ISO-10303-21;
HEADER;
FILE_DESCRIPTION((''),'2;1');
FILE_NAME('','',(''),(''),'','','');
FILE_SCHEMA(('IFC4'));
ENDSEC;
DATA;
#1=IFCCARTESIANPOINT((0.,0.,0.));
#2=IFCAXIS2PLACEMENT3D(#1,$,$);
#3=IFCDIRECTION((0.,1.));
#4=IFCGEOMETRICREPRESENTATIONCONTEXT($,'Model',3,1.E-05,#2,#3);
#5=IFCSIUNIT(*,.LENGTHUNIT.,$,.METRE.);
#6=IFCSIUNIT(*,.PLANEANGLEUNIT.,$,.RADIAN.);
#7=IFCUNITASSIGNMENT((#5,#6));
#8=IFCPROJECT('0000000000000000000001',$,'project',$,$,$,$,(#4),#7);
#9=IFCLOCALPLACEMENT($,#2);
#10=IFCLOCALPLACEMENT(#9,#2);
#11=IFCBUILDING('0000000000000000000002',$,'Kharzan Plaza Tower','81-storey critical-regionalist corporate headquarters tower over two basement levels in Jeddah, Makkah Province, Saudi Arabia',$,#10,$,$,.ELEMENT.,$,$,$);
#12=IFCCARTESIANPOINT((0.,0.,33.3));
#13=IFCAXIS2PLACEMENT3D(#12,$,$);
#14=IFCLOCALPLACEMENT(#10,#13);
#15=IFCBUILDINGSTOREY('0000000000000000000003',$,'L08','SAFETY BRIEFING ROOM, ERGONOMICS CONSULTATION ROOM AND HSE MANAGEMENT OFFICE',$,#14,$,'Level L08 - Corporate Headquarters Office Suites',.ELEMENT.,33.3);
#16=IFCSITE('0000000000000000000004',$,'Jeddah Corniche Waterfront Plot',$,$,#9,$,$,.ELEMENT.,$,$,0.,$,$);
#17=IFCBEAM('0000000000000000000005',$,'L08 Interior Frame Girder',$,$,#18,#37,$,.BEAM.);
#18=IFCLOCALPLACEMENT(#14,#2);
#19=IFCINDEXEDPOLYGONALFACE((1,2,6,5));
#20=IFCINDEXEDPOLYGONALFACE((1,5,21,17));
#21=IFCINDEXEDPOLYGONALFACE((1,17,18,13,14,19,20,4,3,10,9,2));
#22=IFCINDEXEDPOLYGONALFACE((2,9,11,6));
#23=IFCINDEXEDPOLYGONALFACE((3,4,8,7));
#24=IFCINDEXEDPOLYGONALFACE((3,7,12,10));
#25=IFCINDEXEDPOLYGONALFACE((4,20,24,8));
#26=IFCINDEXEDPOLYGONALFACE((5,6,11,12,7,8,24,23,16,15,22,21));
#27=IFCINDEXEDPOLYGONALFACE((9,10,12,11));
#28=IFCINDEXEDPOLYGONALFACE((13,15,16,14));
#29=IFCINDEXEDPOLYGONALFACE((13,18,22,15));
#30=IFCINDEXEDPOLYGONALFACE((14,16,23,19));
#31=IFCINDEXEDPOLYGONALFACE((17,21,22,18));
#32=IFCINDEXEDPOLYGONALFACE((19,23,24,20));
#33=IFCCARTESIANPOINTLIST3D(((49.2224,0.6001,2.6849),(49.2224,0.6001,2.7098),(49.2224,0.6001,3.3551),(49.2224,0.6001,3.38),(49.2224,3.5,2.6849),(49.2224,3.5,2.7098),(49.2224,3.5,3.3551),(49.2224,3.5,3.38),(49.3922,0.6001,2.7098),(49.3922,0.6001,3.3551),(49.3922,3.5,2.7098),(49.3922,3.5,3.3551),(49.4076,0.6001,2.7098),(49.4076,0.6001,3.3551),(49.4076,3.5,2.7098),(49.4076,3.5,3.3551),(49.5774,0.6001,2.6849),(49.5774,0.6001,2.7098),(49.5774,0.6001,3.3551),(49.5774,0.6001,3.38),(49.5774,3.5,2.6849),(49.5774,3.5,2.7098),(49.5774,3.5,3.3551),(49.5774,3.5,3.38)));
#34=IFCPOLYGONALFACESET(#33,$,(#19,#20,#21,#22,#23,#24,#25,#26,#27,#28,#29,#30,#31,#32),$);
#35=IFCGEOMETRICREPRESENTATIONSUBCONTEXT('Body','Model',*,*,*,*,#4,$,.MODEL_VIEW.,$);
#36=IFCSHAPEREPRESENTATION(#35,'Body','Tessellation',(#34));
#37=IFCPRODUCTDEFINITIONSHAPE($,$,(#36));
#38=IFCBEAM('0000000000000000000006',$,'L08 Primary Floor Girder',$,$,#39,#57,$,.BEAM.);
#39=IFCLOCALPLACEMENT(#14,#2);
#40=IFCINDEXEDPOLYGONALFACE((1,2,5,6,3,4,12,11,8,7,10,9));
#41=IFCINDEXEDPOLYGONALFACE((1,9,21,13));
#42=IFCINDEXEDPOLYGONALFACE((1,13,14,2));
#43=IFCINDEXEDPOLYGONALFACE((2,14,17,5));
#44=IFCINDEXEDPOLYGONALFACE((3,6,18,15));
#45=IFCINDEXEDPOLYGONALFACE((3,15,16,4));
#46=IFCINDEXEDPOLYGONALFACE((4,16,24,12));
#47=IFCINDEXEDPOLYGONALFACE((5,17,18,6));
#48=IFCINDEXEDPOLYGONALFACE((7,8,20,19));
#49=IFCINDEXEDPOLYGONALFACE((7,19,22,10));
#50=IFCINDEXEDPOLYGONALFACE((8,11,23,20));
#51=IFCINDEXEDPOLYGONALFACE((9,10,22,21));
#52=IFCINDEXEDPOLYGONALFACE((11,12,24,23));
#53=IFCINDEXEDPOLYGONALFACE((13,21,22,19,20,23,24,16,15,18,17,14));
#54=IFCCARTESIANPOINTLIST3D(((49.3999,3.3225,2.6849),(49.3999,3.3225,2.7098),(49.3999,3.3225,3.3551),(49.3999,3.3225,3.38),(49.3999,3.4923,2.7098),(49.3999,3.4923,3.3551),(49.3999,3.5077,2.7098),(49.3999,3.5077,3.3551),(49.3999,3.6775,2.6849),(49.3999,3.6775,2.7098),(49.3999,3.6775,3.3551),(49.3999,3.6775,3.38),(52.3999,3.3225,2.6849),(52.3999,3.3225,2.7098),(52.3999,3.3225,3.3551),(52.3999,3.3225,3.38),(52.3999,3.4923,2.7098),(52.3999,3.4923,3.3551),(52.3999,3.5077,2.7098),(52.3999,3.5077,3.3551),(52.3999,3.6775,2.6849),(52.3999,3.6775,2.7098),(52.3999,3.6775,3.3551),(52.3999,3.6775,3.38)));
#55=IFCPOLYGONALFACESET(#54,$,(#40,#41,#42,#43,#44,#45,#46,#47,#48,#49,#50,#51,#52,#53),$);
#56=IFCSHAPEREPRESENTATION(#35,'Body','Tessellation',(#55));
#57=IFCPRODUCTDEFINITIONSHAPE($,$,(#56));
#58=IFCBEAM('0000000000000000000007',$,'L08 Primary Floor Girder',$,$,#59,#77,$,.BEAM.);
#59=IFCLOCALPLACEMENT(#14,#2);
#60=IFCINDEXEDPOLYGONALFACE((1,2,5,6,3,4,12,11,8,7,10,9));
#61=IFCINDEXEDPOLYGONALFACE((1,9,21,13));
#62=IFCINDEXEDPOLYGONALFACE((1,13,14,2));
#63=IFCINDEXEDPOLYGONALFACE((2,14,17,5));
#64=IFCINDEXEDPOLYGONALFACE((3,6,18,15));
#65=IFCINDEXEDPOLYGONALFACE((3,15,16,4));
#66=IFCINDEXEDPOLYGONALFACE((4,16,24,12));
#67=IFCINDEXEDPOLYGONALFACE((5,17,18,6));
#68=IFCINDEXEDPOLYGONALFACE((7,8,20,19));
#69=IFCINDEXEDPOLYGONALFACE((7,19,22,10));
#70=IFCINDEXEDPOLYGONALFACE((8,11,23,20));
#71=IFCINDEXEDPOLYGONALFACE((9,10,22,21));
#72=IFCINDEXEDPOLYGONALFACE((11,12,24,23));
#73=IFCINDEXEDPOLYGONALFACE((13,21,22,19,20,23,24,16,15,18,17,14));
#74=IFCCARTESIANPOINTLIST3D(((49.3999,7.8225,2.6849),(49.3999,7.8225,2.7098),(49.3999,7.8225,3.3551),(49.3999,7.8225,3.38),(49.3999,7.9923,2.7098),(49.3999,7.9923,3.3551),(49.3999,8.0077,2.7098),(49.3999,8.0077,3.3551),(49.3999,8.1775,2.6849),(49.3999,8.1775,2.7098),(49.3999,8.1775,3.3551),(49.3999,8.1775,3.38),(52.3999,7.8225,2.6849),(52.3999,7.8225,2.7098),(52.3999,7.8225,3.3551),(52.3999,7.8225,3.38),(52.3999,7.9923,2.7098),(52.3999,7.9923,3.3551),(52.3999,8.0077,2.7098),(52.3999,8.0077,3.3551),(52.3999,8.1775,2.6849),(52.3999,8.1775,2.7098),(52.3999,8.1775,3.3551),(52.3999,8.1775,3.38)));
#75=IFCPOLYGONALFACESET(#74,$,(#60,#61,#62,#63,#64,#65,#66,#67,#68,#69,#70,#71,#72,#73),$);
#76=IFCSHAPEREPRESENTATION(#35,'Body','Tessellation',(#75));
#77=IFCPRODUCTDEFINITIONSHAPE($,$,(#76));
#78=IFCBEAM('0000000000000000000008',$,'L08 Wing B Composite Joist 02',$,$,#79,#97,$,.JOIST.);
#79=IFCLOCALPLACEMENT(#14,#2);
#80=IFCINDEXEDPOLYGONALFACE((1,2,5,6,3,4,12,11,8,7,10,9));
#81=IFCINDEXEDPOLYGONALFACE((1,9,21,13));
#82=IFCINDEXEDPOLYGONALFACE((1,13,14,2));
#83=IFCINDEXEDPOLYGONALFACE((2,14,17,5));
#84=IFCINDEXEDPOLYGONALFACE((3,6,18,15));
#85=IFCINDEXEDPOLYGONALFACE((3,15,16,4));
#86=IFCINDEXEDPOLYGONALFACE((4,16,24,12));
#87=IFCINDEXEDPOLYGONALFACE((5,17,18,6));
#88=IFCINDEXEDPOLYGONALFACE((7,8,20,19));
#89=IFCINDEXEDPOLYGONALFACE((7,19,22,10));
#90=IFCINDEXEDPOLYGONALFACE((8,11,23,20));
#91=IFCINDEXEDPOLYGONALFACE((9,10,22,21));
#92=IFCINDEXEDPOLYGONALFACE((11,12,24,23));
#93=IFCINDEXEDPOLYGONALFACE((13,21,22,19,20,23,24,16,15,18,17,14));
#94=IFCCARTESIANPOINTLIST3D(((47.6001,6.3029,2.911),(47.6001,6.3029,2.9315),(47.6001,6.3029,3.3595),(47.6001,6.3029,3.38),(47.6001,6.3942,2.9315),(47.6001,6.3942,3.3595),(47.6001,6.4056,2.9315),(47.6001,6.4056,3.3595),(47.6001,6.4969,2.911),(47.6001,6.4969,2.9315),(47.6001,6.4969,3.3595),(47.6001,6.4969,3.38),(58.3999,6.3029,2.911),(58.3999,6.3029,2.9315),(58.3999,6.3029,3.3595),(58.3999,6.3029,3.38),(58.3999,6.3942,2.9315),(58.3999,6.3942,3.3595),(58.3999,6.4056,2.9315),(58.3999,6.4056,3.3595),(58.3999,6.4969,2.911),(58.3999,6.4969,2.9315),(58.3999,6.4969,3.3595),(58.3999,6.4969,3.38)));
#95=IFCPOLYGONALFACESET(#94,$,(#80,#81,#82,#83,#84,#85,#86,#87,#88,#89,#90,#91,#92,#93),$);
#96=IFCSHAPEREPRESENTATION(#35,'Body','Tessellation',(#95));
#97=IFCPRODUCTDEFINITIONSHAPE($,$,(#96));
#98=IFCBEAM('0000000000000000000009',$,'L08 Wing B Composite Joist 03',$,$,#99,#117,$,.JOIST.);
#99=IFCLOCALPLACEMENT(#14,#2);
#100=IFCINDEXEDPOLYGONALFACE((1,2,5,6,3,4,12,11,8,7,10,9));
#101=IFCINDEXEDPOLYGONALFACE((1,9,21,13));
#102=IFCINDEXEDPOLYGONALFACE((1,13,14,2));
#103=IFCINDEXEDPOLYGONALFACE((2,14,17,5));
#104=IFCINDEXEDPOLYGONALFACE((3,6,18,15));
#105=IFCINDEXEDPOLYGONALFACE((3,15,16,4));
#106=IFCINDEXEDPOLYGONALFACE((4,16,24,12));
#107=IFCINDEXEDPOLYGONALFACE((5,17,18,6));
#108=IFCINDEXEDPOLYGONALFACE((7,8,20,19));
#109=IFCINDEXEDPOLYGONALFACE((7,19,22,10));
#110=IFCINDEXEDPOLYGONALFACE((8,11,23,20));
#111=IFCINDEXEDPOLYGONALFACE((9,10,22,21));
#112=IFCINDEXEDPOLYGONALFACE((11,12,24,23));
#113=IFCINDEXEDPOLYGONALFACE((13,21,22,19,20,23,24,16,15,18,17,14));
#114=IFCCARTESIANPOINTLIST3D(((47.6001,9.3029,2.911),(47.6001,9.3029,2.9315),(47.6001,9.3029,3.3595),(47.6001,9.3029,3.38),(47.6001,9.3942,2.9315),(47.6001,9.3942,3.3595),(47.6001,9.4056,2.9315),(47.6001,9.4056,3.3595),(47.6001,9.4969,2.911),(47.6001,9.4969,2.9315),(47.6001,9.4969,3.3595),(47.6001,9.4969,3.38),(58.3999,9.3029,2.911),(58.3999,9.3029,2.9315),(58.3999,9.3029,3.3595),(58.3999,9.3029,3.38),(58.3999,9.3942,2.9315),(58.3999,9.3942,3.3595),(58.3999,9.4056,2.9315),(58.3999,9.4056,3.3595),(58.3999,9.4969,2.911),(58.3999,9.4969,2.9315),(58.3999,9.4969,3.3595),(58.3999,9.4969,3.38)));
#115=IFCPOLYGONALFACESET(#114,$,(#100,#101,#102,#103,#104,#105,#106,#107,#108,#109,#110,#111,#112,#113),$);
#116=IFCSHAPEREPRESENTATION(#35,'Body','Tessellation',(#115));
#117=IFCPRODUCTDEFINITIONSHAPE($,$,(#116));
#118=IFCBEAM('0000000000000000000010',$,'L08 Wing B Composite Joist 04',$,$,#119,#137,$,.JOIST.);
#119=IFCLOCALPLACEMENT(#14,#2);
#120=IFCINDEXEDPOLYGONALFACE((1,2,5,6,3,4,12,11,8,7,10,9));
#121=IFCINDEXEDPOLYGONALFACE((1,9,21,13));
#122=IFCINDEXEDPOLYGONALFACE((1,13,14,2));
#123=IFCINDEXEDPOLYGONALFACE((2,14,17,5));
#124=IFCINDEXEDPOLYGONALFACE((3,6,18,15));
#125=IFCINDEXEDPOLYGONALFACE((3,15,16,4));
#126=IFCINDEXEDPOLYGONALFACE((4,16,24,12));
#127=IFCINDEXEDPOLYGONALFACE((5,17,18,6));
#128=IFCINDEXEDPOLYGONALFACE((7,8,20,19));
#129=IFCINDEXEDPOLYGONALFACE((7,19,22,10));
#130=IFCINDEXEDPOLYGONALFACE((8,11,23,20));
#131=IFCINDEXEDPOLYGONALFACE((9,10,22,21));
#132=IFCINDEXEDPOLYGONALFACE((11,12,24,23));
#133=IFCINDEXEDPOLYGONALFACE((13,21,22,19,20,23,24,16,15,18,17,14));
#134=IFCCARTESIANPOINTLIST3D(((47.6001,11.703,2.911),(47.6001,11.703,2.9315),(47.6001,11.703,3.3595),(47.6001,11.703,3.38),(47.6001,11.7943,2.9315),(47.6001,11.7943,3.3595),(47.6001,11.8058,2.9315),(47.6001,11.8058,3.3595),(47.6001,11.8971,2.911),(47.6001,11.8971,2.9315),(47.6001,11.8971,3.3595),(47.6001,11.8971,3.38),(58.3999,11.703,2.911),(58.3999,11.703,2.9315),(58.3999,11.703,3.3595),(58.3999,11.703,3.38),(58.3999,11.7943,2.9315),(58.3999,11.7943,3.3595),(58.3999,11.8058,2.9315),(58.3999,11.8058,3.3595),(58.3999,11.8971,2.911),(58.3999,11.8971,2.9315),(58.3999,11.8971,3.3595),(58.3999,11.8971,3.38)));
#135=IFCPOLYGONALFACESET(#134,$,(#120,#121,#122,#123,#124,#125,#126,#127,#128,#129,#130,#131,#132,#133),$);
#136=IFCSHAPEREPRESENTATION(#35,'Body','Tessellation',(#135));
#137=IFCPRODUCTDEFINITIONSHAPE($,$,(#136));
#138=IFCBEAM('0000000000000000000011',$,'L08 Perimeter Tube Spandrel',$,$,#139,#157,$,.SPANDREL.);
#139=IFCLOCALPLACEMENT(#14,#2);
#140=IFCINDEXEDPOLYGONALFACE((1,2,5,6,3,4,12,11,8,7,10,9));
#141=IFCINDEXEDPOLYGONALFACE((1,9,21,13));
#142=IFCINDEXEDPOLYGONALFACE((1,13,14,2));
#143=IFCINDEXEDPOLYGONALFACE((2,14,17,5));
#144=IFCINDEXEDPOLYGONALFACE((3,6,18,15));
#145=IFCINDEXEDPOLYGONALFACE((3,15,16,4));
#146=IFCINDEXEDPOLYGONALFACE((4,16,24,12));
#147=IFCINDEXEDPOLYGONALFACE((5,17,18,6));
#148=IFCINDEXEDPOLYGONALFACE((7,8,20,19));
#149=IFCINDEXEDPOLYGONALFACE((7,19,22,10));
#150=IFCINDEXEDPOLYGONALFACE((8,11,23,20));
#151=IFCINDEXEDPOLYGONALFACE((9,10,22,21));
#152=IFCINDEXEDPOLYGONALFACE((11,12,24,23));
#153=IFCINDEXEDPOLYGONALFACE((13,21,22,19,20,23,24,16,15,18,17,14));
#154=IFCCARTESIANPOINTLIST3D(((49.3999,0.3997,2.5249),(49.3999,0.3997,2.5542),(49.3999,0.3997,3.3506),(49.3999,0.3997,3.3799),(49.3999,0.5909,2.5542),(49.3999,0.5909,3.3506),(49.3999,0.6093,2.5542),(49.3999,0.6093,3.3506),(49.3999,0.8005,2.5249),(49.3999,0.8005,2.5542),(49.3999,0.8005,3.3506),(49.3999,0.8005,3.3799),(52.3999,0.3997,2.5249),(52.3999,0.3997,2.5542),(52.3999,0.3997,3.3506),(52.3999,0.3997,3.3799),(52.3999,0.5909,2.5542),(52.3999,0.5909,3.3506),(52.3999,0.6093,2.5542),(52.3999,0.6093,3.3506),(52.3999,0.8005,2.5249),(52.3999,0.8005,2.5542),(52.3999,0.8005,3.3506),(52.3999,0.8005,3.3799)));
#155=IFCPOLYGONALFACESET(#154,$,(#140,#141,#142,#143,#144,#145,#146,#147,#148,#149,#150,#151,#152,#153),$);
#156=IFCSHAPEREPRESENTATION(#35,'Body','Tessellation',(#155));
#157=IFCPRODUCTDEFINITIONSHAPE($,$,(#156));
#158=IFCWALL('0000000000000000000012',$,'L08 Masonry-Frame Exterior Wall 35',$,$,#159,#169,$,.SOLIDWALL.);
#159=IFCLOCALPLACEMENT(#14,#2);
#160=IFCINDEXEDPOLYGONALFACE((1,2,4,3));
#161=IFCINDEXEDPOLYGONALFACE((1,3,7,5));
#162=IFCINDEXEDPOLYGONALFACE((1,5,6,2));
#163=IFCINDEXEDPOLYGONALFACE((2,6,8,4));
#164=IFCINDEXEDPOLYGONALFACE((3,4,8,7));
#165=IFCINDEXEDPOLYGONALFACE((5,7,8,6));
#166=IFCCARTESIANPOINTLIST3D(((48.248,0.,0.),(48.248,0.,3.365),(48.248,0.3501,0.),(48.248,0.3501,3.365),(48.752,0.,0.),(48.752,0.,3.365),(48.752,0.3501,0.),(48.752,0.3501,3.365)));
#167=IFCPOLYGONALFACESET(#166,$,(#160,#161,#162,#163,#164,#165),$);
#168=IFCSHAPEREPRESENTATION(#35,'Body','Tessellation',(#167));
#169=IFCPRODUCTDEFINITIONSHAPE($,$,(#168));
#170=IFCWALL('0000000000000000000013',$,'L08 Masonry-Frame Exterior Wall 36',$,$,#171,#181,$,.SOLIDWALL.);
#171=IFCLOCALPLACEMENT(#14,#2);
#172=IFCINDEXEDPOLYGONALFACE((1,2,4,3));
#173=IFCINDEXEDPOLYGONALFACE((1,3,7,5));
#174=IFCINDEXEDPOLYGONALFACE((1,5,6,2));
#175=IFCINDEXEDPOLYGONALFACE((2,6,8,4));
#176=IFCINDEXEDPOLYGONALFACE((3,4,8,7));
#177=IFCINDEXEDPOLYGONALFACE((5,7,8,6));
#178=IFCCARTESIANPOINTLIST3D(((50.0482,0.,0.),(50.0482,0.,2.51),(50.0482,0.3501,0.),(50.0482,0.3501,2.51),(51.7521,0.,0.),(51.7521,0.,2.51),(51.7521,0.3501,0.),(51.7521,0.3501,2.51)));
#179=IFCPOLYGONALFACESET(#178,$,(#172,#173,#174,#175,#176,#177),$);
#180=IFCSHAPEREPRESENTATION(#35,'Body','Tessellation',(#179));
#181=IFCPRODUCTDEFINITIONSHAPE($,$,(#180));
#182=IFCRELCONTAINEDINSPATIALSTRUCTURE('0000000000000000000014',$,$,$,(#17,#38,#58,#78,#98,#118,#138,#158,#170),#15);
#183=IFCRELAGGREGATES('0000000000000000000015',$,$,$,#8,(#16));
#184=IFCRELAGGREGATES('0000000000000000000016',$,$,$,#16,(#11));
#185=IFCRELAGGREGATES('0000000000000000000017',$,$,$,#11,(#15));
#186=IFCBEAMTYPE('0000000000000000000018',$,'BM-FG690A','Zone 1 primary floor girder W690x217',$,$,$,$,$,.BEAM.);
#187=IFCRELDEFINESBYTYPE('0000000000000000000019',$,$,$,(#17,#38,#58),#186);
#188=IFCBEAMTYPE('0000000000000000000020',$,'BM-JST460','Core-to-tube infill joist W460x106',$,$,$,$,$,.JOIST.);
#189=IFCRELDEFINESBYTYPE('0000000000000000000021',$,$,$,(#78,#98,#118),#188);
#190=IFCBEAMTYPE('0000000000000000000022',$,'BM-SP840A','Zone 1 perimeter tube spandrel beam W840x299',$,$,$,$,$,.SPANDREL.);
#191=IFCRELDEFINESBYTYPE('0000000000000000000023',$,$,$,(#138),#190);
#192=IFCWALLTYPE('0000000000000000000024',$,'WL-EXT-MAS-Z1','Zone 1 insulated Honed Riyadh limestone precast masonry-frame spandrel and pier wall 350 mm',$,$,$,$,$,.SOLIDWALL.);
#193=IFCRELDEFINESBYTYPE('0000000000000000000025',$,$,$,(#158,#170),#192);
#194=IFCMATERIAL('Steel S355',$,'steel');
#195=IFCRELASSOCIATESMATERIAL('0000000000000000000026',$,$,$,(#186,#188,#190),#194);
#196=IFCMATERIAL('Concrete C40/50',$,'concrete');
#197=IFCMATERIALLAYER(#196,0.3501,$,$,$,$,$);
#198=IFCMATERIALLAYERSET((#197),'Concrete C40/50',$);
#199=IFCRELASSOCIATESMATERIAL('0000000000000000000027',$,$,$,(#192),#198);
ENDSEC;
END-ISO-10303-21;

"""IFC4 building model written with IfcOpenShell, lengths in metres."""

from ifc_helpers import new_model, si_unit, direction, frame, frame_2d, origin, origin_2d, place, context, subcontext, project, spatial, rectangle, i_section, extrude, source, transform, mapped, material, layer, layer_set, material_profile, profile_set, type_object, element, save


model = new_model("IFC4")

# Units and contexts
model_context = context("Model", 3, precision=1e-05, world=origin(), true_north=direction((0.0, 1.0)))
body_context = subcontext(model_context, "Body", "Model", "MODEL_VIEW")
ifc_project = project(units=[si_unit("LENGTHUNIT", "METRE"), si_unit("PLANEANGLEUNIT", "RADIAN")], contexts=[model_context])

# Site, building, storey
site_placement = place(None, origin())
site = spatial("IfcSite", under=ifc_project, at=site_placement, Name="Jeddah Corniche Waterfront Plot", CompositionType="ELEMENT", RefElevation=0.0)
building_placement = place(site_placement, origin())
building = spatial("IfcBuilding", under=site, at=building_placement, Name="Kharzan Plaza Tower", Description="81-storey critical-regionalist corporate headquarters tower over two basement levels in Jeddah, Makkah Province, Saudi Arabia", CompositionType="ELEMENT")
storey_placement = place(building_placement, frame((0.0, 0.0, 33.3)))
storey = spatial("IfcBuildingStorey", under=building, at=storey_placement, Name="L08", Description="SAFETY BRIEFING ROOM, ERGONOMICS CONSULTATION ROOM AND HSE MANAGEMENT OFFICE", LongName="Level L08 - Corporate Headquarters Office Suites", CompositionType="ELEMENT", Elevation=33.3)

# Beams
ifc_material_1 = material(Name="Steel S355", Category="steel")
ifc_material_profile_1 = material_profile(ifc_material_1, i_section(OverallWidth=0.355, OverallDepth=0.6951, WebThickness=0.0154, FlangeThickness=0.0249, at=origin_2d()), Name="W690x217")
ifc_profile_set_1 = profile_set([ifc_material_profile_1], Name="Steel S355")
beam_type_1 = type_object("IfcBeamType", Name="BM-FG690A", Description="Zone 1 primary floor girder W690x217", PredefinedType="BEAM", material=ifc_profile_set_1)
shared_shape_1 = source(origin(), body_context, "Body", "SweptSolid", [
    extrude(i_section(OverallWidth=0.355, OverallDepth=0.6951, WebThickness=0.0154, FlangeThickness=0.0249, at=origin_2d()), origin(), (0.0, 0.0, 1.0), 2.8999),
])
for number, where, z_axis, x_axis, name in (
    (1, (49.3999, 0.6001, 3.0325), (0.0, 1.0, 0.0), (-1.0, 0.0, 0.0), "L08 Interior Frame Girder"),
):
    element("IfcBeam", number, at=place(storey_placement, frame(where, z_axis=z_axis, x_axis=x_axis)), inside=storey, type_object=beam_type_1, Name=name, PredefinedType="BEAM", context=body_context, shape_type="MappedRepresentation", body=[
        mapped(shared_shape_1, transform((0.0, 0.0, 0.0), x_axis=(1.0, 0.0, 0.0), y_axis=(0.0, 1.0, 0.0), z_axis=(0.0, 0.0, 1.0))),
    ])
shared_shape_2 = source(origin(), body_context, "Body", "SweptSolid", [
    extrude(i_section(OverallWidth=0.355, OverallDepth=0.6951, WebThickness=0.0154, FlangeThickness=0.0249, at=origin_2d()), origin(), (0.0, 0.0, 1.0), 3.0),
])
for number, where, z_axis, x_axis, name in (
    (2, (49.3999, 3.5, 3.0325), (1.0, 0.0, 0.0), (0.0, 1.0, 0.0), "L08 Primary Floor Girder"),
    (3, (49.3999, 8.0, 3.0325), (1.0, 0.0, 0.0), (0.0, 1.0, 0.0), "L08 Primary Floor Girder"),
):
    element("IfcBeam", number, at=place(storey_placement, frame(where, z_axis=z_axis, x_axis=x_axis)), inside=storey, type_object=beam_type_1, Name=name, PredefinedType="BEAM", context=body_context, shape_type="MappedRepresentation", body=[
        mapped(shared_shape_2, transform((0.0, 0.0, 0.0), x_axis=(1.0, 0.0, 0.0), y_axis=(0.0, 1.0, 0.0), z_axis=(0.0, 0.0, 1.0))),
    ])
ifc_material_profile_2 = material_profile(ifc_material_1, i_section(OverallWidth=0.1941, OverallDepth=0.469, WebThickness=0.0115, FlangeThickness=0.0205, at=origin_2d()), Name="W460x106")
ifc_profile_set_2 = profile_set([ifc_material_profile_2], Name="Steel S355")
beam_type_2 = type_object("IfcBeamType", Name="BM-JST460", Description="Core-to-tube infill joist W460x106", PredefinedType="JOIST", material=ifc_profile_set_2)
shared_shape_3 = source(origin(), body_context, "Body", "SweptSolid", [
    extrude(i_section(OverallWidth=0.1941, OverallDepth=0.469, WebThickness=0.0115, FlangeThickness=0.0205, at=origin_2d()), origin(), (0.0, 0.0, 1.0), 10.7998),
])
for number, where, z_axis, x_axis, name in (
    (4, (47.6001, 6.3999, 3.1455), (1.0, 0.0, 0.0), (0.0, 1.0, 0.0), "L08 Wing B Composite Joist 02"),
    (5, (47.6001, 9.3999, 3.1455), (1.0, 0.0, 0.0), (0.0, 1.0, 0.0), "L08 Wing B Composite Joist 03"),
    (6, (47.6001, 11.8, 3.1455), (1.0, 0.0, 0.0), (0.0, 1.0, 0.0), "L08 Wing B Composite Joist 04"),
):
    element("IfcBeam", number, at=place(storey_placement, frame(where, z_axis=z_axis, x_axis=x_axis)), inside=storey, type_object=beam_type_2, Name=name, PredefinedType="JOIST", context=body_context, shape_type="MappedRepresentation", body=[
        mapped(shared_shape_3, transform((0.0, 0.0, 0.0), x_axis=(1.0, 0.0, 0.0), y_axis=(0.0, 1.0, 0.0), z_axis=(0.0, 0.0, 1.0))),
    ])
ifc_material_profile_3 = material_profile(ifc_material_1, i_section(OverallWidth=0.4009, OverallDepth=0.855, WebThickness=0.0183, FlangeThickness=0.0293, at=origin_2d()), Name="W840x299")
ifc_profile_set_3 = profile_set([ifc_material_profile_3], Name="Steel S355")
beam_type_3 = type_object("IfcBeamType", Name="BM-SP840A", Description="Zone 1 perimeter tube spandrel beam W840x299", PredefinedType="SPANDREL", material=ifc_profile_set_3)
shared_shape_4 = source(origin(), body_context, "Body", "SweptSolid", [
    extrude(i_section(OverallWidth=0.4009, OverallDepth=0.855, WebThickness=0.0183, FlangeThickness=0.0293, at=origin_2d()), origin(), (0.0, 0.0, 1.0), 3.0),
])
beam_placement = place(storey_placement, frame((49.3999, 0.6001, 2.9524), z_axis=(1.0, 0.0, 0.0), x_axis=(0.0, 1.0, 0.0)))
element("IfcBeam", 7, at=beam_placement, inside=storey, type_object=beam_type_3, Name="L08 Perimeter Tube Spandrel", PredefinedType="SPANDREL", context=body_context, shape_type="MappedRepresentation", body=[
    mapped(shared_shape_4, transform((0.0, 0.0, 0.0), x_axis=(1.0, 0.0, 0.0), y_axis=(0.0, 1.0, 0.0), z_axis=(0.0, 0.0, 1.0))),
])

# Walls
ifc_material_2 = material(Name="Concrete C40/50", Category="concrete")
ifc_layer_1 = layer(ifc_material_2, 0.3501)
ifc_layer_set_1 = layer_set([ifc_layer_1], Name="Concrete C40/50")
wall_type_1 = type_object("IfcWallType", Name="WL-EXT-MAS-Z1", Description="Zone 1 insulated Honed Riyadh limestone precast masonry-frame spandrel and pier wall 350 mm", PredefinedType="SOLIDWALL", material=ifc_layer_set_1)
shared_shape_5 = source(origin(), body_context, "Body", "SweptSolid", [
    extrude(rectangle(XDim=0.5039, YDim=0.3501, at=frame_2d((0.252, 0.0))), origin(), (0.0, 0.0, 1.0), 3.365),
])
wall_1_placement = place(storey_placement, frame((48.248, 0.175, 0.0), z_axis=(0.0, 0.0, 1.0), x_axis=(1.0, 0.0, 0.0)))
element("IfcWall", 8, at=wall_1_placement, inside=storey, type_object=wall_type_1, Name="L08 Masonry-Frame Exterior Wall 35", PredefinedType="SOLIDWALL", context=body_context, shape_type="MappedRepresentation", body=[
    mapped(shared_shape_5, transform((0.0, 0.0, 0.0), x_axis=(1.0, 0.0, 0.0), y_axis=(0.0, 1.0, 0.0), z_axis=(0.0, 0.0, 1.0))),
])
shared_shape_6 = source(origin(), body_context, "Body", "SweptSolid", [
    extrude(rectangle(XDim=1.7039, YDim=0.3501, at=frame_2d((0.8521, 0.0))), origin(), (0.0, 0.0, 1.0), 2.51),
])
wall_2_placement = place(storey_placement, frame((50.0481, 0.175, 0.0), z_axis=(0.0, 0.0, 1.0), x_axis=(1.0, 0.0, 0.0)))
element("IfcWall", 9, at=wall_2_placement, inside=storey, type_object=wall_type_1, Name="L08 Masonry-Frame Exterior Wall 36", PredefinedType="SOLIDWALL", context=body_context, shape_type="MappedRepresentation", body=[
    mapped(shared_shape_6, transform((0.0, 0.0, 0.0), x_axis=(1.0, 0.0, 0.0), y_axis=(0.0, 1.0, 0.0), z_axis=(0.0, 0.0, 1.0))),
])

save(model, "model.ifc")
